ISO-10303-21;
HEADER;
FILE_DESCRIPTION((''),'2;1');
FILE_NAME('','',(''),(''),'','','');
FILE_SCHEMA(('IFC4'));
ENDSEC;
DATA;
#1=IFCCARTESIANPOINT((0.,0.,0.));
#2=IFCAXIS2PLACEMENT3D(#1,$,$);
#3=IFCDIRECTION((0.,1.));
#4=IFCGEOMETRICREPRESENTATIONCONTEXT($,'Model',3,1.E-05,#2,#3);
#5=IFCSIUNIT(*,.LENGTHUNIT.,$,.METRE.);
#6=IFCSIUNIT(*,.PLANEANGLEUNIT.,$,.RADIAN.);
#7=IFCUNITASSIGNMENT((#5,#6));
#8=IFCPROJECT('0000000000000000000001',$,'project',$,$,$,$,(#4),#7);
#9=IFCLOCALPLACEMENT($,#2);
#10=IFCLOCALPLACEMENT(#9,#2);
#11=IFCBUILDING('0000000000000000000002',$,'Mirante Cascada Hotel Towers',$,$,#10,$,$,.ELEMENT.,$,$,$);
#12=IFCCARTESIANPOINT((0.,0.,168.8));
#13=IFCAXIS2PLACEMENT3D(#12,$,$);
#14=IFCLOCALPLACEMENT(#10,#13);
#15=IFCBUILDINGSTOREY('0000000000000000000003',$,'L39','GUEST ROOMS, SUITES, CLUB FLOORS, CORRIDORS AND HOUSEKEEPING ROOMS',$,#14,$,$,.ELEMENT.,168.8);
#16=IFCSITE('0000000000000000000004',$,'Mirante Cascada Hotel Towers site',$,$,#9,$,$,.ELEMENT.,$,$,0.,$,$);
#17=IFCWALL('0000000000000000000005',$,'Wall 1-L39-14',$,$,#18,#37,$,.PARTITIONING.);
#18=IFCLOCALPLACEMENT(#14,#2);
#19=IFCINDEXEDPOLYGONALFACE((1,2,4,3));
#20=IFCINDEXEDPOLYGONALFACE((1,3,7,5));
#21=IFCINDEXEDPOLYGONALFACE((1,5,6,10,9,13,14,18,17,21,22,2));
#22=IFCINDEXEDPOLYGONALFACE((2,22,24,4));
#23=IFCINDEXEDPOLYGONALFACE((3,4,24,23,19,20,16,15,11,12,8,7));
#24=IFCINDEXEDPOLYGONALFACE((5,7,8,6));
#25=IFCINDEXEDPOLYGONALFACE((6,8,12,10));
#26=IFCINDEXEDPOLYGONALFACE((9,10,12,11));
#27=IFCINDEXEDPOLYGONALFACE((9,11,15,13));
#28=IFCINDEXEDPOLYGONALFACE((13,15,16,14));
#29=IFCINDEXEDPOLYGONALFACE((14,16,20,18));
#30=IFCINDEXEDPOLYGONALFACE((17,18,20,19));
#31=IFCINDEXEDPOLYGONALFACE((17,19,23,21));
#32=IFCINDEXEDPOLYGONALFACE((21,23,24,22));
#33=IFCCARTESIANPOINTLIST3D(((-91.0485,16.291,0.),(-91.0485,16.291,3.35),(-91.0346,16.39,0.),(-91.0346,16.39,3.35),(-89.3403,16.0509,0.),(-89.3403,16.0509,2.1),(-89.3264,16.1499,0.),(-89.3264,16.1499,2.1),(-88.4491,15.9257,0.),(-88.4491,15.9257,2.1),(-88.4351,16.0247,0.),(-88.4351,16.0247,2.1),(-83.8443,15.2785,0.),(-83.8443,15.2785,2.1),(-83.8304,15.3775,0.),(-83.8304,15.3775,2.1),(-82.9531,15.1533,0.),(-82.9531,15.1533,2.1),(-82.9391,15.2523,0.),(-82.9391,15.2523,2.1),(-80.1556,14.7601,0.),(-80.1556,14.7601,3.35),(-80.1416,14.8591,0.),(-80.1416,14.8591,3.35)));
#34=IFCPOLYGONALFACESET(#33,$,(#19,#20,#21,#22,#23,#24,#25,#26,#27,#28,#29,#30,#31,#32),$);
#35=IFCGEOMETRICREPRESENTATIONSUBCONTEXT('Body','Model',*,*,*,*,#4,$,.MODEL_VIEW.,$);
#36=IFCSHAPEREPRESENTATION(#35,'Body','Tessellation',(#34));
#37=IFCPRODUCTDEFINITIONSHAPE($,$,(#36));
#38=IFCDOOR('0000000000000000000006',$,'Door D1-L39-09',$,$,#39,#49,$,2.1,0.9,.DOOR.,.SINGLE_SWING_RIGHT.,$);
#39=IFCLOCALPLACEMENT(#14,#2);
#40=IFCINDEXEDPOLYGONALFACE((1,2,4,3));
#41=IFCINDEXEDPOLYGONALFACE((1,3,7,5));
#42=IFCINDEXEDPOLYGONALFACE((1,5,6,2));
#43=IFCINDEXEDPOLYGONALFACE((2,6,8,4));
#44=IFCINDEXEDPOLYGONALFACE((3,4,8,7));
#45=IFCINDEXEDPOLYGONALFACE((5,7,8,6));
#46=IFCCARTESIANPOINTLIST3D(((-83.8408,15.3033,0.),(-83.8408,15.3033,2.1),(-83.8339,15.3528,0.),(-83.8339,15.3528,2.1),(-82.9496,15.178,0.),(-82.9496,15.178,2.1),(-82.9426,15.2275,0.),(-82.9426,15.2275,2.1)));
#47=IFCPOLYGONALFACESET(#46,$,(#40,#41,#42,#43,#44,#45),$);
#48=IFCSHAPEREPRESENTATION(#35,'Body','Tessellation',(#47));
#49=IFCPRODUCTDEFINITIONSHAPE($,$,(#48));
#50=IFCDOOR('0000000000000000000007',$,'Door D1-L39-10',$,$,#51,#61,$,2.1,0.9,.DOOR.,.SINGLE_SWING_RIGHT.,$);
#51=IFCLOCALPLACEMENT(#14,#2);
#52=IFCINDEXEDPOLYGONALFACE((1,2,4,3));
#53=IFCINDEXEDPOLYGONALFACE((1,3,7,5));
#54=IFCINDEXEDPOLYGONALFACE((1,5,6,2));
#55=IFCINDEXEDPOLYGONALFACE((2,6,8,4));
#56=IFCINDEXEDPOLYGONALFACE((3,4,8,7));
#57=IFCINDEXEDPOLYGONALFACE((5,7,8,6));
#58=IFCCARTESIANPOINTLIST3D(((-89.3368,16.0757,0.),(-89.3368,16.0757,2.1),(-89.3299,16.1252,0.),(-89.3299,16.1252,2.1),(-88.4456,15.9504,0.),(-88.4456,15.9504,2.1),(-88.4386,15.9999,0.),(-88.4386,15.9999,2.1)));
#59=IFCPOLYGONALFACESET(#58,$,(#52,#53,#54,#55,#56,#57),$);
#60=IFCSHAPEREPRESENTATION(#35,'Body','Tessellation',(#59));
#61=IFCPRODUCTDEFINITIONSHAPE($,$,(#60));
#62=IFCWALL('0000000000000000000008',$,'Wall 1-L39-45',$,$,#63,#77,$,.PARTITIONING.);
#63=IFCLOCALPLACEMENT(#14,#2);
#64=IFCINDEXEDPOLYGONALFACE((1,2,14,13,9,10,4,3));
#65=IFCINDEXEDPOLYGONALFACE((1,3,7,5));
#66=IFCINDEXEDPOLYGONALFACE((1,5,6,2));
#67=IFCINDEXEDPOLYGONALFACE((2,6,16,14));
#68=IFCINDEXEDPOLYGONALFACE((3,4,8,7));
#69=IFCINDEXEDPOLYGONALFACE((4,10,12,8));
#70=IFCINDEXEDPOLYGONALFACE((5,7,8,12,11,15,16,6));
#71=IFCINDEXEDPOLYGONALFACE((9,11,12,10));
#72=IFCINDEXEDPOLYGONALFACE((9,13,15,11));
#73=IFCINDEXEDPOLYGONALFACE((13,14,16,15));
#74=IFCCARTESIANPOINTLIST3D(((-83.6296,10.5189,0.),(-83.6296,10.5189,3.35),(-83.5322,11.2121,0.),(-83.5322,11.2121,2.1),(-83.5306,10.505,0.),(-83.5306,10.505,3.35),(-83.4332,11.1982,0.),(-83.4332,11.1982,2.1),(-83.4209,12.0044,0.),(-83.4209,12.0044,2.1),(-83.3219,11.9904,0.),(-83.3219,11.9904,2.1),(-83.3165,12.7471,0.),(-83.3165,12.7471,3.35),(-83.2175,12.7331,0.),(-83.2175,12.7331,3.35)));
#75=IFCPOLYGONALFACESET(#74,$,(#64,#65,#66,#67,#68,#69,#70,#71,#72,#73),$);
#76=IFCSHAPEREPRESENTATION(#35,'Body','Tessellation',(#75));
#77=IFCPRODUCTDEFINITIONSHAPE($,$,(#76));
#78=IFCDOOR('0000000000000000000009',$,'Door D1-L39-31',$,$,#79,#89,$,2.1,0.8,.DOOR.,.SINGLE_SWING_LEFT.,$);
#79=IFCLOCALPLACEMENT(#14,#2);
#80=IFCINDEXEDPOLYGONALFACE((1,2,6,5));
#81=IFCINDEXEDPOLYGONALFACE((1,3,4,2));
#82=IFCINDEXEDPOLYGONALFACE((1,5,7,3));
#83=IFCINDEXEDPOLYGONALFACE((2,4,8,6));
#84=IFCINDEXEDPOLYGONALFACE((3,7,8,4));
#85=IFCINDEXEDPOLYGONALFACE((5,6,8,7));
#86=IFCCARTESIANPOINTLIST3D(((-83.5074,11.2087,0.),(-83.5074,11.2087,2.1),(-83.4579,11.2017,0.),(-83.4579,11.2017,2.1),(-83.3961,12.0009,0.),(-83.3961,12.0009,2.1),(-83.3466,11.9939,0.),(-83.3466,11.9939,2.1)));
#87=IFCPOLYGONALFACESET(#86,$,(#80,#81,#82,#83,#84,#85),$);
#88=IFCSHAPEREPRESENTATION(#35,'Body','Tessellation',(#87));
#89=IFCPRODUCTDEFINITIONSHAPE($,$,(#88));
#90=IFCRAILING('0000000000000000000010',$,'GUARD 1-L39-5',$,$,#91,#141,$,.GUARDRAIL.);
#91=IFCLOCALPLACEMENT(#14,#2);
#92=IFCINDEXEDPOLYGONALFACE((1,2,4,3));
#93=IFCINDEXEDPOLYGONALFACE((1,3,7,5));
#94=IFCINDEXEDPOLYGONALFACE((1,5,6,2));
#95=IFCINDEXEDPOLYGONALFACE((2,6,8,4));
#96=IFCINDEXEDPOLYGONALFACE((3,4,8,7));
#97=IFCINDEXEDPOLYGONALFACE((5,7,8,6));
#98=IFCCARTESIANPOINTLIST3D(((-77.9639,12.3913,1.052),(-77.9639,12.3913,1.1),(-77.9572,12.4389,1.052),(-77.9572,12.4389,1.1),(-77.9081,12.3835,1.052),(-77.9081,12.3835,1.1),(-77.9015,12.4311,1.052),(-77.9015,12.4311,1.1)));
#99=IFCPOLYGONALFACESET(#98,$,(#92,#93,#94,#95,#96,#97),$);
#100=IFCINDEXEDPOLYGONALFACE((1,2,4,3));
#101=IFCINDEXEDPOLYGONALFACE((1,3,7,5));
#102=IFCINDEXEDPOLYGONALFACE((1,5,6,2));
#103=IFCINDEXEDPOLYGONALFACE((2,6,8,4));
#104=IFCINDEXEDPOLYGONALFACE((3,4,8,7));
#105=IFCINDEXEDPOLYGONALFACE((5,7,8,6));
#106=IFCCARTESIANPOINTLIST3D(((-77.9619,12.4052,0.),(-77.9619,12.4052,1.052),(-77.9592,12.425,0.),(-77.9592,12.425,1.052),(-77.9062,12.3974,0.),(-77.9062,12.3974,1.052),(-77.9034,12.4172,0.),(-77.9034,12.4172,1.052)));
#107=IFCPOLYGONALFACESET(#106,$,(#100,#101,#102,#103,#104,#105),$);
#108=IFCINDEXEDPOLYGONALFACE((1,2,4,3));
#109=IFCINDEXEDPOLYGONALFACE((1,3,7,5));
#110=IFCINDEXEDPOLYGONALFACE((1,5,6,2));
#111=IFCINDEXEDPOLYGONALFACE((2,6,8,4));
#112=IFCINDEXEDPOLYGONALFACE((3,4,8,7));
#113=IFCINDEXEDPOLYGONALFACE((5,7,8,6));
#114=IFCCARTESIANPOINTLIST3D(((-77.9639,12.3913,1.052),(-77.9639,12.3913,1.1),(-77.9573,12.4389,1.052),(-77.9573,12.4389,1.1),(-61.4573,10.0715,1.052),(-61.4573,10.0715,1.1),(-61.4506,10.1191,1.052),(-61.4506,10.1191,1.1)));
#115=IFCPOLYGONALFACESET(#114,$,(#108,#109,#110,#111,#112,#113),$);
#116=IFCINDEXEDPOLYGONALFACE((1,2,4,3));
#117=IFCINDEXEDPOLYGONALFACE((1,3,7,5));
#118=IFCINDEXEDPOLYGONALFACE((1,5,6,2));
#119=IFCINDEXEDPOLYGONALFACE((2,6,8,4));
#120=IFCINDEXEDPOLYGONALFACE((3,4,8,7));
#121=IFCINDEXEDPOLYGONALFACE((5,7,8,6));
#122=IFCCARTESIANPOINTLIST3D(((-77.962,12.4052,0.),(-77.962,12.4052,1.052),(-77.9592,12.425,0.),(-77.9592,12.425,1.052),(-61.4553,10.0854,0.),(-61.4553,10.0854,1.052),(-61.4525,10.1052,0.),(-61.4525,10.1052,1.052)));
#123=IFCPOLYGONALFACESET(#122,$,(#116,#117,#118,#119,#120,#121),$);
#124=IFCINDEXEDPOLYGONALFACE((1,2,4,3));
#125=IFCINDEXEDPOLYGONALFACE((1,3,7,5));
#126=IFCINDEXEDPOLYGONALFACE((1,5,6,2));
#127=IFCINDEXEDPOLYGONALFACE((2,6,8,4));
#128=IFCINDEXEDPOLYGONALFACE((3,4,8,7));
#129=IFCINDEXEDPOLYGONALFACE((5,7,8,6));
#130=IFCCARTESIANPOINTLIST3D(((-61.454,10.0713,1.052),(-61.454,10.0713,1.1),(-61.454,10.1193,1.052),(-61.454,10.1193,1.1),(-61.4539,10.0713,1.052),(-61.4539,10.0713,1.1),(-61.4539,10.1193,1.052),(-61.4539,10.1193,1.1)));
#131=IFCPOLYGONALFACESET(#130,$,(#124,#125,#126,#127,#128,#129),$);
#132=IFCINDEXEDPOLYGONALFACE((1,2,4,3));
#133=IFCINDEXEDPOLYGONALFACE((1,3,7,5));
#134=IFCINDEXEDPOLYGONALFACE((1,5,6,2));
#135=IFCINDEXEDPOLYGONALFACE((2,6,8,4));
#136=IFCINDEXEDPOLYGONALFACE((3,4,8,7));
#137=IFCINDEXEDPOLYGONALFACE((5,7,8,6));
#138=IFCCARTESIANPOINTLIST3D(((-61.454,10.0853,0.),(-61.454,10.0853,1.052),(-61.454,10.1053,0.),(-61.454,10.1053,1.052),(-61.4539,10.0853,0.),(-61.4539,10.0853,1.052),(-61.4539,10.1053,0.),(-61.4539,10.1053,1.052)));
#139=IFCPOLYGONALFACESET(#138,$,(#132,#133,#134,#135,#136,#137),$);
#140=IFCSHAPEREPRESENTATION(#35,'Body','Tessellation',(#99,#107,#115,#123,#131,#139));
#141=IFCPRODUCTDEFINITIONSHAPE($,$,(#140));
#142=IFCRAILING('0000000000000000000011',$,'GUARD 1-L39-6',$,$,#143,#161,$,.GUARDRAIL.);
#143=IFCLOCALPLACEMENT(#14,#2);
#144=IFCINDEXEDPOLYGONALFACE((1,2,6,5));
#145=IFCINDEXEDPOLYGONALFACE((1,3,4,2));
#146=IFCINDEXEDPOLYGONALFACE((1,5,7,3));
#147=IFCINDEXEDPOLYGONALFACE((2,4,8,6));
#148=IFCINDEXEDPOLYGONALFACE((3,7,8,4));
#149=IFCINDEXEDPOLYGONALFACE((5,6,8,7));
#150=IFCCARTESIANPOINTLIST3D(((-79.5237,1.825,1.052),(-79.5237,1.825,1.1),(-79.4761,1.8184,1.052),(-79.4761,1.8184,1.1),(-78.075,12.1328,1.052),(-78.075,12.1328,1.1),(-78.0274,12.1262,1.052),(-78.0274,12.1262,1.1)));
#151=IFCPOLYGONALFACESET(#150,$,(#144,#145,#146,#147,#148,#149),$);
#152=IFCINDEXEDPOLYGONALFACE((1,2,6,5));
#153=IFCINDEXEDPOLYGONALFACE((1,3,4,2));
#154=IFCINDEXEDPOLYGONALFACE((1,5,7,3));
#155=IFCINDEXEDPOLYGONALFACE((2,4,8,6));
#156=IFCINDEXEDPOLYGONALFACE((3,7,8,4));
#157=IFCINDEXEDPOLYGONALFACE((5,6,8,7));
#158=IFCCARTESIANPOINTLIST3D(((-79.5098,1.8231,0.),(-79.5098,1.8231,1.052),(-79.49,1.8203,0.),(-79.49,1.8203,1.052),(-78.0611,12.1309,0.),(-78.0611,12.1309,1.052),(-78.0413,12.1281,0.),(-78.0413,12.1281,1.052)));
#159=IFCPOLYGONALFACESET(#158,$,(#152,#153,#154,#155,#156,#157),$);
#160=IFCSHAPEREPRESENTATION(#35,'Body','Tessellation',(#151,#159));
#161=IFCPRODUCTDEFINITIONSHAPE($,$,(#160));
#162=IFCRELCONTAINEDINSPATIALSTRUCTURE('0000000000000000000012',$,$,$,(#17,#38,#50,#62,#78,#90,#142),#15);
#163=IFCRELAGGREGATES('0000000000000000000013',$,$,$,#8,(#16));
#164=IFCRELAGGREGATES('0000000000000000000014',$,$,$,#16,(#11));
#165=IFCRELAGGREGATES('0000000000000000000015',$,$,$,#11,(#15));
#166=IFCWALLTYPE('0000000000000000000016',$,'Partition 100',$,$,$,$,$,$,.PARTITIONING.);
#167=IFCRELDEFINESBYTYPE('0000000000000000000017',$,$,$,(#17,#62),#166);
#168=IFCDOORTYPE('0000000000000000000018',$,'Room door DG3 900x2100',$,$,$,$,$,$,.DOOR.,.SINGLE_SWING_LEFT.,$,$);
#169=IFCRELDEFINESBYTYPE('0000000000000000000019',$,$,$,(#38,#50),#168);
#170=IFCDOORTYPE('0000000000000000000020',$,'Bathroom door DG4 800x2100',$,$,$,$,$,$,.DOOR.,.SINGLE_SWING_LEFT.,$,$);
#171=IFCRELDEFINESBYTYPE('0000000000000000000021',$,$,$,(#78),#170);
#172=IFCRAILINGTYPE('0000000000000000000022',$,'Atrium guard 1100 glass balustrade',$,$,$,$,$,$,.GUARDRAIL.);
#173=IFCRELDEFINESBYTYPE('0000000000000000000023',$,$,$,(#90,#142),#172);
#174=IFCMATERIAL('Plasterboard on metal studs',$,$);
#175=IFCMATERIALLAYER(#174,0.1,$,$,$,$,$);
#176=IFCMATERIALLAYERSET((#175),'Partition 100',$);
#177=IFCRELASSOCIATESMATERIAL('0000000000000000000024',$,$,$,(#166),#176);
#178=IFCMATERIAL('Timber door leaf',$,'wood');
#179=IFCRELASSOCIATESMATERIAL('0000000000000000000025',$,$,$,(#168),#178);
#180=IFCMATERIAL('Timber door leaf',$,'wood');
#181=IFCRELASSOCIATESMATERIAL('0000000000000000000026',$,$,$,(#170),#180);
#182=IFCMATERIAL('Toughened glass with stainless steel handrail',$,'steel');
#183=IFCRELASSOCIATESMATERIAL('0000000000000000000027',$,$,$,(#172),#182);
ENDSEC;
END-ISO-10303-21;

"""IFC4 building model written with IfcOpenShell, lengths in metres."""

from ifc_helpers import new_model, si_unit, direction, frame, frame_2d, origin, origin_2d, place, context, subcontext, project, spatial, rectangle, extrude, material, layer, layer_set, type_object, element, fill, save


model = new_model("IFC4")

# Units and contexts
model_context = context("Model", 3, precision=1e-05, world=origin(), true_north=direction((0.0, 1.0)))
body_context = subcontext(model_context, "Body", "Model", "MODEL_VIEW")
ifc_project = project(units=[si_unit("LENGTHUNIT", "METRE"), si_unit("PLANEANGLEUNIT", "RADIAN")], contexts=[model_context])

# Site, building, storey
site_placement = place(None, origin())
site = spatial("IfcSite", under=ifc_project, at=site_placement, Name="Mirante Cascada Hotel Towers site", CompositionType="ELEMENT", RefElevation=0.0)
building_placement = place(site_placement, origin())
building = spatial("IfcBuilding", under=site, at=building_placement, Name="Mirante Cascada Hotel Towers", CompositionType="ELEMENT")
storey_placement = place(building_placement, frame((0.0, 0.0, 168.8)))
storey = spatial("IfcBuildingStorey", under=building, at=storey_placement, Name="L39", Description="GUEST ROOMS, SUITES, CLUB FLOORS, CORRIDORS AND HOUSEKEEPING ROOMS", CompositionType="ELEMENT", Elevation=168.8)

# Shared definitions
ifc_material_1 = material(Name="Plasterboard on metal studs")
ifc_layer_1 = layer(ifc_material_1, 0.1)
ifc_layer_set_1 = layer_set([ifc_layer_1], Name="Partition 100")
wall_type_1 = type_object("IfcWallType", Name="Partition 100", PredefinedType="PARTITIONING", material=ifc_layer_set_1)

# Wall, openings, doors
wall_1_placement = place(storey_placement, frame((-80.1486, 14.8096, 0.0), z_axis=(0.0, 0.0, 1.0), x_axis=(-0.990268, 0.139173, 0.0)))
wall_1 = element("IfcWall", 1, at=wall_1_placement, inside=storey, type_object=wall_type_1, Name="Wall 1-L39-14", PredefinedType="PARTITIONING", context=body_context, shape_type="SweptSolid", body=[
    extrude(rectangle(XDim=11.0, YDim=0.1, at=frame_2d((5.5, 0.0))), origin(), (0.0, 0.0, 1.0), 3.35),
])
opening_1_placement = place(wall_1_placement, frame((2.825, 0.0, 0.0)))
opening_1 = element("IfcOpeningElement", 2, at=opening_1_placement, cuts=wall_1, PredefinedType="OPENING", context=body_context, shape_type="SweptSolid", body=[
    extrude(rectangle(XDim=0.9, YDim=2.1, at=frame_2d((0.45, 1.05))), frame((0.0, 0.05, 0.0), z_axis=(0.0, -1.0, 0.0), x_axis=(1.0, 0.0, 0.0)), (0.0, 0.0, 1.0), 0.1),
])
opening_2_placement = place(wall_1_placement, frame((8.375, 0.0, 0.0)))
opening_2 = element("IfcOpeningElement", 3, at=opening_2_placement, cuts=wall_1, PredefinedType="OPENING", context=body_context, shape_type="SweptSolid", body=[
    extrude(rectangle(XDim=0.9, YDim=2.1, at=frame_2d((0.45, 1.05))), frame((0.0, 0.05, 0.0), z_axis=(0.0, -1.0, 0.0), x_axis=(1.0, 0.0, 0.0)), (0.0, 0.0, 1.0), 0.1),
])
ifc_material_2 = material(Name="Timber door leaf", Category="wood")
door_type_1 = type_object("IfcDoorType", Name="Room door DG3 900x2100", OperationType="SINGLE_SWING_LEFT", PredefinedType="DOOR", material=ifc_material_2)
door_1_placement = place(opening_1_placement, frame((0.9, 0.0, 0.0), z_axis=(0.0, 0.0, 1.0), x_axis=(-1.0, 0.0, 0.0)))
door_1 = element("IfcDoor", 4, at=door_1_placement, inside=storey, type_object=door_type_1, Name="Door D1-L39-09", OperationType="SINGLE_SWING_RIGHT", OverallHeight=2.1, OverallWidth=0.9, PredefinedType="DOOR", context=body_context, shape_type="SweptSolid", body=[
    extrude(rectangle(XDim=0.9, YDim=2.1, at=frame_2d((0.45, 1.05))), frame((0.0, 0.025, 0.0), z_axis=(0.0, -1.0, 0.0), x_axis=(1.0, 0.0, 0.0)), (0.0, 0.0, 1.0), 0.05),
])
fill(opening_1, door_1)
door_2_placement = place(opening_2_placement, frame((0.9, 0.0, 0.0), z_axis=(0.0, 0.0, 1.0), x_axis=(-1.0, 0.0, 0.0)))
door_2 = element("IfcDoor", 5, at=door_2_placement, inside=storey, type_object=door_type_1, Name="Door D1-L39-10", OperationType="SINGLE_SWING_RIGHT", OverallHeight=2.1, OverallWidth=0.9, PredefinedType="DOOR", context=body_context, shape_type="SweptSolid", body=[
    extrude(rectangle(XDim=0.9, YDim=2.1, at=frame_2d((0.45, 1.05))), frame((0.0, 0.025, 0.0), z_axis=(0.0, -1.0, 0.0), x_axis=(1.0, 0.0, 0.0)), (0.0, 0.0, 1.0), 0.05),
])
fill(opening_2, door_2)

# Wall, opening, door
wall_2_placement = place(storey_placement, frame((-83.267, 12.7401, 0.0), z_axis=(0.0, 0.0, 1.0), x_axis=(-0.139156, -0.990271, 0.0)))
wall_2 = element("IfcWall", 6, at=wall_2_placement, inside=storey, type_object=wall_type_1, Name="Wall 1-L39-45", PredefinedType="PARTITIONING", context=body_context, shape_type="SweptSolid", body=[
    extrude(rectangle(XDim=2.25, YDim=0.1, at=frame_2d((1.125, 0.0))), origin(), (0.0, 0.0, 1.0), 3.35),
])
opening_3_placement = place(wall_2_placement, frame((0.75, 0.0, 0.0)))
opening_3 = element("IfcOpeningElement", 7, at=opening_3_placement, cuts=wall_2, PredefinedType="OPENING", context=body_context, shape_type="SweptSolid", body=[
    extrude(rectangle(XDim=0.8, YDim=2.1, at=frame_2d((0.4, 1.05))), frame((0.0, 0.05, 0.0), z_axis=(0.0, -1.0, 0.0), x_axis=(1.0, 0.0, 0.0)), (0.0, 0.0, 1.0), 0.1),
])
ifc_material_3 = material(Name="Timber door leaf", Category="wood")
door_type_2 = type_object("IfcDoorType", Name="Bathroom door DG4 800x2100", OperationType="SINGLE_SWING_LEFT", PredefinedType="DOOR", material=ifc_material_3)
door_3_placement = place(opening_3_placement, origin())
door_3 = element("IfcDoor", 8, at=door_3_placement, inside=storey, type_object=door_type_2, Name="Door D1-L39-31", OperationType="SINGLE_SWING_LEFT", OverallHeight=2.1, OverallWidth=0.8, PredefinedType="DOOR", context=body_context, shape_type="SweptSolid", body=[
    extrude(rectangle(XDim=0.8, YDim=2.1, at=frame_2d((0.4, 1.05))), frame((0.0, 0.025, 0.0), z_axis=(0.0, -1.0, 0.0), x_axis=(1.0, 0.0, 0.0)), (0.0, 0.0, 1.0), 0.05),
])
fill(opening_3, door_3)

# Railings
ifc_material_4 = material(Name="Toughened glass with stainless steel handrail", Category="steel")
railing_type = type_object("IfcRailingType", Name="Atrium guard 1100 glass balustrade", PredefinedType="GUARDRAIL", material=ifc_material_4)
railing_1_placement = place(storey_placement, frame((-77.9048, 12.4073, 0.0)))
element("IfcRailing", 9, at=railing_1_placement, inside=storey, type_object=railing_type, Name="GUARD 1-L39-5", PredefinedType="GUARDRAIL", context=body_context, shape_type="SweptSolid", body=[
    extrude(rectangle(XDim=0.048, YDim=0.048, at=origin_2d()), frame((0.0, 0.0, 1.076), z_axis=(-0.990371, 0.138439, 0.0), x_axis=(-0.138439, -0.990371, 0.0)), (0.0, 0.0, 1.0), 0.0563),
    extrude(rectangle(XDim=0.02, YDim=1.052, at=origin_2d()), frame((0.0, 0.0, 0.526), z_axis=(-0.990371, 0.138439, 0.0), x_axis=(-0.138439, -0.990371, 0.0)), (0.0, 0.0, 1.0), 0.0563),
    extrude(rectangle(XDim=0.048, YDim=0.048, at=origin_2d()), frame((-0.0558, 0.0078, 1.076), z_axis=(0.990269, -0.139169, 0.0), x_axis=(0.139169, 0.990269, 0.0)), (0.0, 0.0, 1.0), 16.6689),
    extrude(rectangle(XDim=0.02, YDim=1.052, at=origin_2d()), frame((-0.0558, 0.0078, 0.526), z_axis=(0.990269, -0.139169, 0.0), x_axis=(0.139169, 0.990269, 0.0)), (0.0, 0.0, 1.0), 16.6689),
    extrude(rectangle(XDim=0.048, YDim=0.048, at=origin_2d()), frame((16.4509, -2.312, 1.076), z_axis=(-1.0, 0.0, 0.0), x_axis=(0.0, -1.0, 0.0)), (0.0, 0.0, 1.0), 0.0001),
    extrude(rectangle(XDim=0.02, YDim=1.052, at=origin_2d()), frame((16.4509, -2.312, 0.526), z_axis=(-1.0, 0.0, 0.0), x_axis=(0.0, -1.0, 0.0)), (0.0, 0.0, 1.0), 0.0001),
])
railing_2_placement = place(storey_placement, frame((-78.0512, 12.1295, 0.0)))
element("IfcRailing", 10, at=railing_2_placement, inside=storey, type_object=railing_type, Name="GUARD 1-L39-6", PredefinedType="GUARDRAIL", context=body_context, shape_type="SweptSolid", body=[
    extrude(rectangle(XDim=0.048, YDim=0.048, at=origin_2d()), frame((0.0, 0.0, 1.076), z_axis=(-0.139176, -0.990268, 0.0), x_axis=(0.990268, -0.139176, 0.0)), (0.0, 0.0, 1.0), 10.4091),
    extrude(rectangle(XDim=0.02, YDim=1.052, at=origin_2d()), frame((0.0, 0.0, 0.526), z_axis=(-0.139176, -0.990268, 0.0), x_axis=(0.990268, -0.139176, 0.0)), (0.0, 0.0, 1.0), 10.4091),
])

save(model, "model.ifc")
